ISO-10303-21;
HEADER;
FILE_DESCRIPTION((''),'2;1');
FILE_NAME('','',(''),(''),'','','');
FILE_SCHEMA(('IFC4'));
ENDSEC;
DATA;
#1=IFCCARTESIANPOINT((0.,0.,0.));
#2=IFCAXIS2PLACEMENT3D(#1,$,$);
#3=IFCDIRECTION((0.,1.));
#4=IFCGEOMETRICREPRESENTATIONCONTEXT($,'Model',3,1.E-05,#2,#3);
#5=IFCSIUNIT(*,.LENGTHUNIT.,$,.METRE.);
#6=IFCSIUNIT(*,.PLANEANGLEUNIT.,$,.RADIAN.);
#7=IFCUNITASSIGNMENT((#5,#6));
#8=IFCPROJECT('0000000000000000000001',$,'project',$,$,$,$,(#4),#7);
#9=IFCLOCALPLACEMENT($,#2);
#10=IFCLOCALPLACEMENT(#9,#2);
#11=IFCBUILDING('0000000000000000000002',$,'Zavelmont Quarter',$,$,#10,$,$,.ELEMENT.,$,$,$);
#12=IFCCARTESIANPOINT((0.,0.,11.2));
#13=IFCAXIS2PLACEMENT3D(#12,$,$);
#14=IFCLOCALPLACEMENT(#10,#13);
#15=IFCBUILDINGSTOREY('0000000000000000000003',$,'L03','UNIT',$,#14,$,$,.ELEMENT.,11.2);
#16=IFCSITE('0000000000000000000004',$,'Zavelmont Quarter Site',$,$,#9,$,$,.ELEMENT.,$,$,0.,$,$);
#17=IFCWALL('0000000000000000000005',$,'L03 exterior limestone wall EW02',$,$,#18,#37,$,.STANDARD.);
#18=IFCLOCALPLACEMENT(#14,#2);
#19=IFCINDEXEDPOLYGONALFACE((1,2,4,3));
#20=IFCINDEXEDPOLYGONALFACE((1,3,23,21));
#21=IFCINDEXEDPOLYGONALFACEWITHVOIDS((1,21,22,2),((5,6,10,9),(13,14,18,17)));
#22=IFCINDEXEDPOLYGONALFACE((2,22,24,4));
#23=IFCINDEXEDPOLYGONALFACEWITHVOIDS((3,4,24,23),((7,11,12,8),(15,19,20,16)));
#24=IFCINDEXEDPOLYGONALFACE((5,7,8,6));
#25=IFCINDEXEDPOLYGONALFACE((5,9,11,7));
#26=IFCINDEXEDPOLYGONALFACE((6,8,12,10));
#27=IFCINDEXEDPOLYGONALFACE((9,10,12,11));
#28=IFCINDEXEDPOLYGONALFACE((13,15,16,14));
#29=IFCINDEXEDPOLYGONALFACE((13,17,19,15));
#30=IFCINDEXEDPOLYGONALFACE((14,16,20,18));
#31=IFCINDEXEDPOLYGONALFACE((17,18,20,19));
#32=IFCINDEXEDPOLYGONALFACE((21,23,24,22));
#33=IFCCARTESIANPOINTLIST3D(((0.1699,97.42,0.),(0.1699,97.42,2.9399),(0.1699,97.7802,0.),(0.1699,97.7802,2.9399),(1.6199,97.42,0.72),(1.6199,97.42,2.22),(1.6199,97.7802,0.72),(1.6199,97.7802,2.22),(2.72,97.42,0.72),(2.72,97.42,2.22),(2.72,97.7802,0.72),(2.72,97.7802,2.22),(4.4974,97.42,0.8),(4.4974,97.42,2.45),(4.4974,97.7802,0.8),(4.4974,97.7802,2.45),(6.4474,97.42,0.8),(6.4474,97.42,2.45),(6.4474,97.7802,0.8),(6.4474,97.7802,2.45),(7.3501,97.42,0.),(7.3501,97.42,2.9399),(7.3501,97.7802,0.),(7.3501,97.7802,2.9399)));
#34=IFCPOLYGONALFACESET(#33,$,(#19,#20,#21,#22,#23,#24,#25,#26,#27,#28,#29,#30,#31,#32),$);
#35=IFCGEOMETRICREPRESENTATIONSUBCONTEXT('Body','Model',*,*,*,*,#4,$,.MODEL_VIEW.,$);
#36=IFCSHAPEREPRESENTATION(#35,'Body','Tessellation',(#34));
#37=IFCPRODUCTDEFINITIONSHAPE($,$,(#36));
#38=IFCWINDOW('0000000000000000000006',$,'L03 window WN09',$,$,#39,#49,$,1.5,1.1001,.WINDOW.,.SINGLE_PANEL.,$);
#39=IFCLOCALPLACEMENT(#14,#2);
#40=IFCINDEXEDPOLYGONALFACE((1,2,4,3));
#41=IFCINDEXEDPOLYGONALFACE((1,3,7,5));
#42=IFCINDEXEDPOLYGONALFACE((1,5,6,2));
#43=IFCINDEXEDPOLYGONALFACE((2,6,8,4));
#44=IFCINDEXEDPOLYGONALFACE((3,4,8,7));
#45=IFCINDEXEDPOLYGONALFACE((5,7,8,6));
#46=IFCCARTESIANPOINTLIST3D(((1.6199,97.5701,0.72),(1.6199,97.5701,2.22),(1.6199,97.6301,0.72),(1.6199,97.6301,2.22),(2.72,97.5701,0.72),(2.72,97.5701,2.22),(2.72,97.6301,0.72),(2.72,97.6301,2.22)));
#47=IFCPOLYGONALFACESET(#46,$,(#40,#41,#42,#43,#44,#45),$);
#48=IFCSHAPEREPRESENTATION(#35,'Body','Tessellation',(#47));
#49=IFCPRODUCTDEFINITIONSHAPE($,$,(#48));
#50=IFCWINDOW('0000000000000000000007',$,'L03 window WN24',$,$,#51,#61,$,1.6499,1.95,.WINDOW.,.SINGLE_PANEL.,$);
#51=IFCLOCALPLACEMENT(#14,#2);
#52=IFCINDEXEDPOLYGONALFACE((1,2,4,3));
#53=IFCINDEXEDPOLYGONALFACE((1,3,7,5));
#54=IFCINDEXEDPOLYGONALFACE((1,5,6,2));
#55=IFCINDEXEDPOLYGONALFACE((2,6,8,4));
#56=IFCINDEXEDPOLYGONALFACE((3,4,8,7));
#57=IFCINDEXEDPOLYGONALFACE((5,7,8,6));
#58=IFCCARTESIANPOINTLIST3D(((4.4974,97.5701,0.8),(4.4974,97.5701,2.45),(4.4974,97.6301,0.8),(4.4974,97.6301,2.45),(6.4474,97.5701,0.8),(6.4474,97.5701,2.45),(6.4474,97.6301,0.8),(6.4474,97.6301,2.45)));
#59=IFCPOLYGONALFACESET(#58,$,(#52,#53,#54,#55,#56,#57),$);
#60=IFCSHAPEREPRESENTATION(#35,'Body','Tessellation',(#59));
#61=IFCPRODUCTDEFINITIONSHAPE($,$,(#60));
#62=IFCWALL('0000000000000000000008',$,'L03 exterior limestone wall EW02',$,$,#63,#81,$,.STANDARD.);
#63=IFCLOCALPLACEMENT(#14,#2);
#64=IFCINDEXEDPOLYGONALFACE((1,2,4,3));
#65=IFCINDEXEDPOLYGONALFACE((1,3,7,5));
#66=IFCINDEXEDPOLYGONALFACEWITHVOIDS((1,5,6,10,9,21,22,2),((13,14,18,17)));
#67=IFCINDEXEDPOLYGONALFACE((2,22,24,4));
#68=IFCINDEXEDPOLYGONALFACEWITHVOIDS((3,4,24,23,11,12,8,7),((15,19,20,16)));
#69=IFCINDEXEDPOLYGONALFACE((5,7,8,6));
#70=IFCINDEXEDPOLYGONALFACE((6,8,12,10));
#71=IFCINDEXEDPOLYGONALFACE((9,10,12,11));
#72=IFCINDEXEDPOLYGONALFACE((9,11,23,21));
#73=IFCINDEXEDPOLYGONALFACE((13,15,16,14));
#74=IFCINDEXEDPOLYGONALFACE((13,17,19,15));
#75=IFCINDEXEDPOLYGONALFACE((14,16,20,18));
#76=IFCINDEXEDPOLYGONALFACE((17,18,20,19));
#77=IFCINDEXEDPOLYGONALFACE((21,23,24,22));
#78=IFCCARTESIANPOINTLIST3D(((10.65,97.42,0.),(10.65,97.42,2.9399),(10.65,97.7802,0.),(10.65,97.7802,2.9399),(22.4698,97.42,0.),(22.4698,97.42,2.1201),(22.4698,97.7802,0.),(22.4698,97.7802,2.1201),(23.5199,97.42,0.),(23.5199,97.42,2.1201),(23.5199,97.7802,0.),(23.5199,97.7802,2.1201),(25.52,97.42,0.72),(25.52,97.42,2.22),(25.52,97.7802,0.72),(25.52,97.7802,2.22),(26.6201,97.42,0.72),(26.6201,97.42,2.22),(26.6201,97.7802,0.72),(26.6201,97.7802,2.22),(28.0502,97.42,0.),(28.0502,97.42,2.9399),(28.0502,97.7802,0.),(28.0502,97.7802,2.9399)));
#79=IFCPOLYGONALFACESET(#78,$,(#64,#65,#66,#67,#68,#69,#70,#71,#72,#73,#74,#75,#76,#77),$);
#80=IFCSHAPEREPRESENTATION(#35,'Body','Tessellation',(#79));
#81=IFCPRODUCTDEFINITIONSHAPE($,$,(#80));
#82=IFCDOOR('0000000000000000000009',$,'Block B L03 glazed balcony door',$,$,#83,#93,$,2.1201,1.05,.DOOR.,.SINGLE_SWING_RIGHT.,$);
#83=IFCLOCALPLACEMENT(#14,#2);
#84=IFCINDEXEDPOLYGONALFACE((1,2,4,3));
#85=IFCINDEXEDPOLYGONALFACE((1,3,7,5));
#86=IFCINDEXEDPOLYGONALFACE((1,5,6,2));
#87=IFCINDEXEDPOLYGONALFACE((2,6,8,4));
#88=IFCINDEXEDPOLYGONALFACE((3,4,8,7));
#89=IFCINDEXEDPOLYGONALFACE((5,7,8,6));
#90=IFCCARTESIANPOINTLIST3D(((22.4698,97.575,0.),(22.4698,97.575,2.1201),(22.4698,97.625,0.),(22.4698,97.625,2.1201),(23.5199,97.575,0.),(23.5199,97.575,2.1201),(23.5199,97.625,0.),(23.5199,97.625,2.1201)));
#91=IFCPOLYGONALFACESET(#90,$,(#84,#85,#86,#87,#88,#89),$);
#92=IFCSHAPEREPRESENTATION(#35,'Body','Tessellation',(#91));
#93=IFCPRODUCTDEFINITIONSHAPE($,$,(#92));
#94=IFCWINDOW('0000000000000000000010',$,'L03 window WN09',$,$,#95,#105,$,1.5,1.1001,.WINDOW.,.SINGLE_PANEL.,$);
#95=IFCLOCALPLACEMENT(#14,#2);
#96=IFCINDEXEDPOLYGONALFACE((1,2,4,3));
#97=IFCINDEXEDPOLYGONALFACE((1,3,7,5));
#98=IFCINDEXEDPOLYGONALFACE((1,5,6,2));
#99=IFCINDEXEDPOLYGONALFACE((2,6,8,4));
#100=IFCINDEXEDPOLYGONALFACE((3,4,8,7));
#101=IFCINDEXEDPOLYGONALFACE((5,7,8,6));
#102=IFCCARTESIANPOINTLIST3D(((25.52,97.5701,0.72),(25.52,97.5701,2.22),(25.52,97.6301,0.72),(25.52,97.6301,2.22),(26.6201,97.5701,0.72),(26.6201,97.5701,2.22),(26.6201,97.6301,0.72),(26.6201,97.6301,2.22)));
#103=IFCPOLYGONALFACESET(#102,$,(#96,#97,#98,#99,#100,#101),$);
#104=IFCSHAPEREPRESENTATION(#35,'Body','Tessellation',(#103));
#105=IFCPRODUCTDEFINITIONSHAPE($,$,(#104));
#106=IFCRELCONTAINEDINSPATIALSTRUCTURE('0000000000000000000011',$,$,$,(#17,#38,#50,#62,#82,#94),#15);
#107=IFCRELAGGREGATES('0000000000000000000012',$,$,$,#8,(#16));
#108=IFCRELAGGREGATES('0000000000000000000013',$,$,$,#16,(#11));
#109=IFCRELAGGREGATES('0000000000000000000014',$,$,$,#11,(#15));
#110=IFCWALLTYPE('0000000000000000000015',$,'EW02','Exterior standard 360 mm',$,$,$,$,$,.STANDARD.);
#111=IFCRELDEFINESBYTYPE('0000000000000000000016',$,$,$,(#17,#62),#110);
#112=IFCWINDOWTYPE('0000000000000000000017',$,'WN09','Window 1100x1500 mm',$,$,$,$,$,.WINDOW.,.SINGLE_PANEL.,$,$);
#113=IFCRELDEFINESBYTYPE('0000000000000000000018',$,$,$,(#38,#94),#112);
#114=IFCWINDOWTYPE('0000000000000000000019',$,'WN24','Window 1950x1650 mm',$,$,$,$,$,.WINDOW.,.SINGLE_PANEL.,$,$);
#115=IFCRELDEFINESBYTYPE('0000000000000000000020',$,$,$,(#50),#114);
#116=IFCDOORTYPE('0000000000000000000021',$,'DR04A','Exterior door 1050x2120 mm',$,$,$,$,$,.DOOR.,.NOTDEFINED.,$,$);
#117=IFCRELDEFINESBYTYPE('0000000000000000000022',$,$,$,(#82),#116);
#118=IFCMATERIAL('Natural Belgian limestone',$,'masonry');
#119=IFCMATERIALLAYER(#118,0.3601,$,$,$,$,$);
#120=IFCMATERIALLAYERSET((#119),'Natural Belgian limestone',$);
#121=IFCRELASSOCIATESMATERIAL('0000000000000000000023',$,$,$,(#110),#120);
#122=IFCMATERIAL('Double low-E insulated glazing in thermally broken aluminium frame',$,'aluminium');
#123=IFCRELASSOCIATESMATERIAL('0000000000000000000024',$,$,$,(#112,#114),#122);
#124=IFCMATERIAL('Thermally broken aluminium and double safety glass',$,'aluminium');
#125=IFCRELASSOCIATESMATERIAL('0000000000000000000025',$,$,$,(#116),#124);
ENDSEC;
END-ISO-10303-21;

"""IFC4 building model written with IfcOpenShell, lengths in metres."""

from ifc_helpers import new_model, si_unit, direction, frame, frame_2d, origin, origin_with_axes, place, context, subcontext, project, spatial, rectangle, extrude, material, layer, layer_set, type_object, element, fill, save


model = new_model("IFC4")

# Units and contexts
model_context = context("Model", 3, precision=1e-05, world=origin(), true_north=direction((0.0, 1.0)))
body_context = subcontext(model_context, "Body", "Model", "MODEL_VIEW")
ifc_project = project(units=[si_unit("LENGTHUNIT", "METRE"), si_unit("PLANEANGLEUNIT", "RADIAN")], contexts=[model_context])

# Site, building, storey
site_placement = place(None, origin())
site = spatial("IfcSite", under=ifc_project, at=site_placement, Name="Zavelmont Quarter Site", CompositionType="ELEMENT", RefElevation=0.0)
building_placement = place(site_placement, origin())
building = spatial("IfcBuilding", under=site, at=building_placement, Name="Zavelmont Quarter", CompositionType="ELEMENT")
storey_placement = place(building_placement, frame((0.0, 0.0, 11.2)))
storey = spatial("IfcBuildingStorey", under=building, at=storey_placement, Name="L03", Description="UNIT", CompositionType="ELEMENT", Elevation=11.2)

# Wall, openings, windows
ifc_material_1 = material(Name="Natural Belgian limestone", Category="masonry")
ifc_layer_1 = layer(ifc_material_1, 0.3601)
ifc_layer_set_1 = layer_set([ifc_layer_1], Name="Natural Belgian limestone")
wall_type_1 = type_object("IfcWallType", Name="EW02", Description="Exterior standard 360 mm", PredefinedType="STANDARD", material=ifc_layer_set_1)
wall_1_placement = place(storey_placement, frame((0.1699, 97.6001, 0.0), z_axis=(0.0, 0.0, 1.0), x_axis=(1.0, 0.0, 0.0)))
wall_1 = element("IfcWall", 1, at=wall_1_placement, inside=storey, type_object=wall_type_1, Name="L03 exterior limestone wall EW02", PredefinedType="STANDARD", context=body_context, shape_type="SweptSolid", body=[
    extrude(rectangle(XDim=7.1802, YDim=0.3601, at=frame_2d((3.5901, 0.0))), origin(), (0.0, 0.0, 1.0), 2.9399),
])
opening_1_placement = place(wall_1_placement, frame((1.45, 0.0, 0.72)))
opening_1 = element("IfcOpeningElement", 2, at=opening_1_placement, cuts=wall_1, PredefinedType="OPENING", context=body_context, shape_type="SweptSolid", body=[
    extrude(rectangle(XDim=1.1001, YDim=1.5, at=frame_2d((0.55, 0.75))), frame((0.0, 0.1919, 0.0), z_axis=(0.0, -1.0, 0.0), x_axis=(1.0, 0.0, 0.0)), (0.0, 0.0, 1.0), 0.384),
])
opening_2_placement = place(wall_1_placement, frame((4.3274, 0.0, 0.8)))
opening_2 = element("IfcOpeningElement", 3, at=opening_2_placement, cuts=wall_1, PredefinedType="OPENING", context=body_context, shape_type="SweptSolid", body=[
    extrude(rectangle(XDim=1.95, YDim=1.6499, at=frame_2d((0.9751, 0.825))), frame((0.0, 0.1919, 0.0), z_axis=(0.0, -1.0, 0.0), x_axis=(1.0, 0.0, 0.0)), (0.0, 0.0, 1.0), 0.384),
])
ifc_material_2 = material(Name="Double low-E insulated glazing in thermally broken aluminium frame", Category="aluminium")
window_type_1 = type_object("IfcWindowType", Name="WN09", Description="Window 1100x1500 mm", PartitioningType="SINGLE_PANEL", PredefinedType="WINDOW", material=ifc_material_2)
window_1_placement = place(opening_1_placement, origin_with_axes())
window_1 = element("IfcWindow", 4, at=window_1_placement, inside=storey, type_object=window_type_1, Name="L03 window WN09", OverallHeight=1.5, OverallWidth=1.1001, PartitioningType="SINGLE_PANEL", PredefinedType="WINDOW", context=body_context, shape_type="SweptSolid", body=[
    extrude(rectangle(XDim=1.1001, YDim=1.5, at=frame_2d((0.55, 0.75))), frame((0.0, 0.03, 0.0), z_axis=(0.0, -1.0, 0.0), x_axis=(1.0, 0.0, 0.0)), (0.0, 0.0, 1.0), 0.0601),
])
fill(opening_1, window_1)
window_type_2 = type_object("IfcWindowType", Name="WN24", Description="Window 1950x1650 mm", PartitioningType="SINGLE_PANEL", PredefinedType="WINDOW", material=ifc_material_2)
window_2_placement = place(opening_2_placement, origin_with_axes())
window_2 = element("IfcWindow", 5, at=window_2_placement, inside=storey, type_object=window_type_2, Name="L03 window WN24", OverallHeight=1.6499, OverallWidth=1.95, PartitioningType="SINGLE_PANEL", PredefinedType="WINDOW", context=body_context, shape_type="SweptSolid", body=[
    extrude(rectangle(XDim=1.95, YDim=1.6499, at=frame_2d((0.9751, 0.825))), frame((0.0, 0.03, 0.0), z_axis=(0.0, -1.0, 0.0), x_axis=(1.0, 0.0, 0.0)), (0.0, 0.0, 1.0), 0.0601),
])
fill(opening_2, window_2)

# Wall, openings, door, window
wall_2_placement = place(storey_placement, frame((10.6499, 97.6001, 0.0), z_axis=(0.0, 0.0, 1.0), x_axis=(1.0, 0.0, 0.0)))
wall_2 = element("IfcWall", 6, at=wall_2_placement, inside=storey, type_object=wall_type_1, Name="L03 exterior limestone wall EW02", PredefinedType="STANDARD", context=body_context, shape_type="SweptSolid", body=[
    extrude(rectangle(XDim=17.4001, YDim=0.3601, at=frame_2d((8.7002, 0.0))), origin(), (0.0, 0.0, 1.0), 2.9399),
])
opening_3_placement = place(wall_2_placement, frame((11.8201, 0.0, 0.0)))
opening_3 = element("IfcOpeningElement", 7, at=opening_3_placement, cuts=wall_2, PredefinedType="OPENING", context=body_context, shape_type="SweptSolid", body=[
    extrude(rectangle(XDim=1.05, YDim=2.1201, at=frame_2d((0.5249, 1.0601))), frame((0.0, 0.1919, 0.0), z_axis=(0.0, -1.0, 0.0), x_axis=(1.0, 0.0, 0.0)), (0.0, 0.0, 1.0), 0.384),
])
opening_4_placement = place(wall_2_placement, frame((14.8701, 0.0, 0.72)))
opening_4 = element("IfcOpeningElement", 8, at=opening_4_placement, cuts=wall_2, PredefinedType="OPENING", context=body_context, shape_type="SweptSolid", body=[
    extrude(rectangle(XDim=1.1001, YDim=1.5, at=frame_2d((0.55, 0.75))), frame((0.0, 0.1919, 0.0), z_axis=(0.0, -1.0, 0.0), x_axis=(1.0, 0.0, 0.0)), (0.0, 0.0, 1.0), 0.384),
])
ifc_material_3 = material(Name="Thermally broken aluminium and double safety glass", Category="aluminium")
door_type_1 = type_object("IfcDoorType", Name="DR04A", Description="Exterior door 1050x2120 mm", OperationType="NOTDEFINED", PredefinedType="DOOR", material=ifc_material_3)
door_1_placement = place(opening_3_placement, origin_with_axes())
door_1 = element("IfcDoor", 9, at=door_1_placement, inside=storey, type_object=door_type_1, Name="Block B L03 glazed balcony door", OperationType="SINGLE_SWING_RIGHT", OverallHeight=2.1201, OverallWidth=1.05, PredefinedType="DOOR", context=body_context, shape_type="SweptSolid", body=[
    extrude(rectangle(XDim=1.05, YDim=2.1201, at=frame_2d((0.5249, 1.0601))), frame((0.0, 0.0249, 0.0), z_axis=(0.0, -1.0, 0.0), x_axis=(1.0, 0.0, 0.0)), (0.0, 0.0, 1.0), 0.05),
])
fill(opening_3, door_1)
window_3_placement = place(opening_4_placement, origin_with_axes())
window_3 = element("IfcWindow", 10, at=window_3_placement, inside=storey, type_object=window_type_1, Name="L03 window WN09", OverallHeight=1.5, OverallWidth=1.1001, PartitioningType="SINGLE_PANEL", PredefinedType="WINDOW", context=body_context, shape_type="SweptSolid", body=[
    extrude(rectangle(XDim=1.1001, YDim=1.5, at=frame_2d((0.55, 0.75))), frame((0.0, 0.03, 0.0), z_axis=(0.0, -1.0, 0.0), x_axis=(1.0, 0.0, 0.0)), (0.0, 0.0, 1.0), 0.0601),
])
fill(opening_4, window_3)

save(model, "model.ifc")
